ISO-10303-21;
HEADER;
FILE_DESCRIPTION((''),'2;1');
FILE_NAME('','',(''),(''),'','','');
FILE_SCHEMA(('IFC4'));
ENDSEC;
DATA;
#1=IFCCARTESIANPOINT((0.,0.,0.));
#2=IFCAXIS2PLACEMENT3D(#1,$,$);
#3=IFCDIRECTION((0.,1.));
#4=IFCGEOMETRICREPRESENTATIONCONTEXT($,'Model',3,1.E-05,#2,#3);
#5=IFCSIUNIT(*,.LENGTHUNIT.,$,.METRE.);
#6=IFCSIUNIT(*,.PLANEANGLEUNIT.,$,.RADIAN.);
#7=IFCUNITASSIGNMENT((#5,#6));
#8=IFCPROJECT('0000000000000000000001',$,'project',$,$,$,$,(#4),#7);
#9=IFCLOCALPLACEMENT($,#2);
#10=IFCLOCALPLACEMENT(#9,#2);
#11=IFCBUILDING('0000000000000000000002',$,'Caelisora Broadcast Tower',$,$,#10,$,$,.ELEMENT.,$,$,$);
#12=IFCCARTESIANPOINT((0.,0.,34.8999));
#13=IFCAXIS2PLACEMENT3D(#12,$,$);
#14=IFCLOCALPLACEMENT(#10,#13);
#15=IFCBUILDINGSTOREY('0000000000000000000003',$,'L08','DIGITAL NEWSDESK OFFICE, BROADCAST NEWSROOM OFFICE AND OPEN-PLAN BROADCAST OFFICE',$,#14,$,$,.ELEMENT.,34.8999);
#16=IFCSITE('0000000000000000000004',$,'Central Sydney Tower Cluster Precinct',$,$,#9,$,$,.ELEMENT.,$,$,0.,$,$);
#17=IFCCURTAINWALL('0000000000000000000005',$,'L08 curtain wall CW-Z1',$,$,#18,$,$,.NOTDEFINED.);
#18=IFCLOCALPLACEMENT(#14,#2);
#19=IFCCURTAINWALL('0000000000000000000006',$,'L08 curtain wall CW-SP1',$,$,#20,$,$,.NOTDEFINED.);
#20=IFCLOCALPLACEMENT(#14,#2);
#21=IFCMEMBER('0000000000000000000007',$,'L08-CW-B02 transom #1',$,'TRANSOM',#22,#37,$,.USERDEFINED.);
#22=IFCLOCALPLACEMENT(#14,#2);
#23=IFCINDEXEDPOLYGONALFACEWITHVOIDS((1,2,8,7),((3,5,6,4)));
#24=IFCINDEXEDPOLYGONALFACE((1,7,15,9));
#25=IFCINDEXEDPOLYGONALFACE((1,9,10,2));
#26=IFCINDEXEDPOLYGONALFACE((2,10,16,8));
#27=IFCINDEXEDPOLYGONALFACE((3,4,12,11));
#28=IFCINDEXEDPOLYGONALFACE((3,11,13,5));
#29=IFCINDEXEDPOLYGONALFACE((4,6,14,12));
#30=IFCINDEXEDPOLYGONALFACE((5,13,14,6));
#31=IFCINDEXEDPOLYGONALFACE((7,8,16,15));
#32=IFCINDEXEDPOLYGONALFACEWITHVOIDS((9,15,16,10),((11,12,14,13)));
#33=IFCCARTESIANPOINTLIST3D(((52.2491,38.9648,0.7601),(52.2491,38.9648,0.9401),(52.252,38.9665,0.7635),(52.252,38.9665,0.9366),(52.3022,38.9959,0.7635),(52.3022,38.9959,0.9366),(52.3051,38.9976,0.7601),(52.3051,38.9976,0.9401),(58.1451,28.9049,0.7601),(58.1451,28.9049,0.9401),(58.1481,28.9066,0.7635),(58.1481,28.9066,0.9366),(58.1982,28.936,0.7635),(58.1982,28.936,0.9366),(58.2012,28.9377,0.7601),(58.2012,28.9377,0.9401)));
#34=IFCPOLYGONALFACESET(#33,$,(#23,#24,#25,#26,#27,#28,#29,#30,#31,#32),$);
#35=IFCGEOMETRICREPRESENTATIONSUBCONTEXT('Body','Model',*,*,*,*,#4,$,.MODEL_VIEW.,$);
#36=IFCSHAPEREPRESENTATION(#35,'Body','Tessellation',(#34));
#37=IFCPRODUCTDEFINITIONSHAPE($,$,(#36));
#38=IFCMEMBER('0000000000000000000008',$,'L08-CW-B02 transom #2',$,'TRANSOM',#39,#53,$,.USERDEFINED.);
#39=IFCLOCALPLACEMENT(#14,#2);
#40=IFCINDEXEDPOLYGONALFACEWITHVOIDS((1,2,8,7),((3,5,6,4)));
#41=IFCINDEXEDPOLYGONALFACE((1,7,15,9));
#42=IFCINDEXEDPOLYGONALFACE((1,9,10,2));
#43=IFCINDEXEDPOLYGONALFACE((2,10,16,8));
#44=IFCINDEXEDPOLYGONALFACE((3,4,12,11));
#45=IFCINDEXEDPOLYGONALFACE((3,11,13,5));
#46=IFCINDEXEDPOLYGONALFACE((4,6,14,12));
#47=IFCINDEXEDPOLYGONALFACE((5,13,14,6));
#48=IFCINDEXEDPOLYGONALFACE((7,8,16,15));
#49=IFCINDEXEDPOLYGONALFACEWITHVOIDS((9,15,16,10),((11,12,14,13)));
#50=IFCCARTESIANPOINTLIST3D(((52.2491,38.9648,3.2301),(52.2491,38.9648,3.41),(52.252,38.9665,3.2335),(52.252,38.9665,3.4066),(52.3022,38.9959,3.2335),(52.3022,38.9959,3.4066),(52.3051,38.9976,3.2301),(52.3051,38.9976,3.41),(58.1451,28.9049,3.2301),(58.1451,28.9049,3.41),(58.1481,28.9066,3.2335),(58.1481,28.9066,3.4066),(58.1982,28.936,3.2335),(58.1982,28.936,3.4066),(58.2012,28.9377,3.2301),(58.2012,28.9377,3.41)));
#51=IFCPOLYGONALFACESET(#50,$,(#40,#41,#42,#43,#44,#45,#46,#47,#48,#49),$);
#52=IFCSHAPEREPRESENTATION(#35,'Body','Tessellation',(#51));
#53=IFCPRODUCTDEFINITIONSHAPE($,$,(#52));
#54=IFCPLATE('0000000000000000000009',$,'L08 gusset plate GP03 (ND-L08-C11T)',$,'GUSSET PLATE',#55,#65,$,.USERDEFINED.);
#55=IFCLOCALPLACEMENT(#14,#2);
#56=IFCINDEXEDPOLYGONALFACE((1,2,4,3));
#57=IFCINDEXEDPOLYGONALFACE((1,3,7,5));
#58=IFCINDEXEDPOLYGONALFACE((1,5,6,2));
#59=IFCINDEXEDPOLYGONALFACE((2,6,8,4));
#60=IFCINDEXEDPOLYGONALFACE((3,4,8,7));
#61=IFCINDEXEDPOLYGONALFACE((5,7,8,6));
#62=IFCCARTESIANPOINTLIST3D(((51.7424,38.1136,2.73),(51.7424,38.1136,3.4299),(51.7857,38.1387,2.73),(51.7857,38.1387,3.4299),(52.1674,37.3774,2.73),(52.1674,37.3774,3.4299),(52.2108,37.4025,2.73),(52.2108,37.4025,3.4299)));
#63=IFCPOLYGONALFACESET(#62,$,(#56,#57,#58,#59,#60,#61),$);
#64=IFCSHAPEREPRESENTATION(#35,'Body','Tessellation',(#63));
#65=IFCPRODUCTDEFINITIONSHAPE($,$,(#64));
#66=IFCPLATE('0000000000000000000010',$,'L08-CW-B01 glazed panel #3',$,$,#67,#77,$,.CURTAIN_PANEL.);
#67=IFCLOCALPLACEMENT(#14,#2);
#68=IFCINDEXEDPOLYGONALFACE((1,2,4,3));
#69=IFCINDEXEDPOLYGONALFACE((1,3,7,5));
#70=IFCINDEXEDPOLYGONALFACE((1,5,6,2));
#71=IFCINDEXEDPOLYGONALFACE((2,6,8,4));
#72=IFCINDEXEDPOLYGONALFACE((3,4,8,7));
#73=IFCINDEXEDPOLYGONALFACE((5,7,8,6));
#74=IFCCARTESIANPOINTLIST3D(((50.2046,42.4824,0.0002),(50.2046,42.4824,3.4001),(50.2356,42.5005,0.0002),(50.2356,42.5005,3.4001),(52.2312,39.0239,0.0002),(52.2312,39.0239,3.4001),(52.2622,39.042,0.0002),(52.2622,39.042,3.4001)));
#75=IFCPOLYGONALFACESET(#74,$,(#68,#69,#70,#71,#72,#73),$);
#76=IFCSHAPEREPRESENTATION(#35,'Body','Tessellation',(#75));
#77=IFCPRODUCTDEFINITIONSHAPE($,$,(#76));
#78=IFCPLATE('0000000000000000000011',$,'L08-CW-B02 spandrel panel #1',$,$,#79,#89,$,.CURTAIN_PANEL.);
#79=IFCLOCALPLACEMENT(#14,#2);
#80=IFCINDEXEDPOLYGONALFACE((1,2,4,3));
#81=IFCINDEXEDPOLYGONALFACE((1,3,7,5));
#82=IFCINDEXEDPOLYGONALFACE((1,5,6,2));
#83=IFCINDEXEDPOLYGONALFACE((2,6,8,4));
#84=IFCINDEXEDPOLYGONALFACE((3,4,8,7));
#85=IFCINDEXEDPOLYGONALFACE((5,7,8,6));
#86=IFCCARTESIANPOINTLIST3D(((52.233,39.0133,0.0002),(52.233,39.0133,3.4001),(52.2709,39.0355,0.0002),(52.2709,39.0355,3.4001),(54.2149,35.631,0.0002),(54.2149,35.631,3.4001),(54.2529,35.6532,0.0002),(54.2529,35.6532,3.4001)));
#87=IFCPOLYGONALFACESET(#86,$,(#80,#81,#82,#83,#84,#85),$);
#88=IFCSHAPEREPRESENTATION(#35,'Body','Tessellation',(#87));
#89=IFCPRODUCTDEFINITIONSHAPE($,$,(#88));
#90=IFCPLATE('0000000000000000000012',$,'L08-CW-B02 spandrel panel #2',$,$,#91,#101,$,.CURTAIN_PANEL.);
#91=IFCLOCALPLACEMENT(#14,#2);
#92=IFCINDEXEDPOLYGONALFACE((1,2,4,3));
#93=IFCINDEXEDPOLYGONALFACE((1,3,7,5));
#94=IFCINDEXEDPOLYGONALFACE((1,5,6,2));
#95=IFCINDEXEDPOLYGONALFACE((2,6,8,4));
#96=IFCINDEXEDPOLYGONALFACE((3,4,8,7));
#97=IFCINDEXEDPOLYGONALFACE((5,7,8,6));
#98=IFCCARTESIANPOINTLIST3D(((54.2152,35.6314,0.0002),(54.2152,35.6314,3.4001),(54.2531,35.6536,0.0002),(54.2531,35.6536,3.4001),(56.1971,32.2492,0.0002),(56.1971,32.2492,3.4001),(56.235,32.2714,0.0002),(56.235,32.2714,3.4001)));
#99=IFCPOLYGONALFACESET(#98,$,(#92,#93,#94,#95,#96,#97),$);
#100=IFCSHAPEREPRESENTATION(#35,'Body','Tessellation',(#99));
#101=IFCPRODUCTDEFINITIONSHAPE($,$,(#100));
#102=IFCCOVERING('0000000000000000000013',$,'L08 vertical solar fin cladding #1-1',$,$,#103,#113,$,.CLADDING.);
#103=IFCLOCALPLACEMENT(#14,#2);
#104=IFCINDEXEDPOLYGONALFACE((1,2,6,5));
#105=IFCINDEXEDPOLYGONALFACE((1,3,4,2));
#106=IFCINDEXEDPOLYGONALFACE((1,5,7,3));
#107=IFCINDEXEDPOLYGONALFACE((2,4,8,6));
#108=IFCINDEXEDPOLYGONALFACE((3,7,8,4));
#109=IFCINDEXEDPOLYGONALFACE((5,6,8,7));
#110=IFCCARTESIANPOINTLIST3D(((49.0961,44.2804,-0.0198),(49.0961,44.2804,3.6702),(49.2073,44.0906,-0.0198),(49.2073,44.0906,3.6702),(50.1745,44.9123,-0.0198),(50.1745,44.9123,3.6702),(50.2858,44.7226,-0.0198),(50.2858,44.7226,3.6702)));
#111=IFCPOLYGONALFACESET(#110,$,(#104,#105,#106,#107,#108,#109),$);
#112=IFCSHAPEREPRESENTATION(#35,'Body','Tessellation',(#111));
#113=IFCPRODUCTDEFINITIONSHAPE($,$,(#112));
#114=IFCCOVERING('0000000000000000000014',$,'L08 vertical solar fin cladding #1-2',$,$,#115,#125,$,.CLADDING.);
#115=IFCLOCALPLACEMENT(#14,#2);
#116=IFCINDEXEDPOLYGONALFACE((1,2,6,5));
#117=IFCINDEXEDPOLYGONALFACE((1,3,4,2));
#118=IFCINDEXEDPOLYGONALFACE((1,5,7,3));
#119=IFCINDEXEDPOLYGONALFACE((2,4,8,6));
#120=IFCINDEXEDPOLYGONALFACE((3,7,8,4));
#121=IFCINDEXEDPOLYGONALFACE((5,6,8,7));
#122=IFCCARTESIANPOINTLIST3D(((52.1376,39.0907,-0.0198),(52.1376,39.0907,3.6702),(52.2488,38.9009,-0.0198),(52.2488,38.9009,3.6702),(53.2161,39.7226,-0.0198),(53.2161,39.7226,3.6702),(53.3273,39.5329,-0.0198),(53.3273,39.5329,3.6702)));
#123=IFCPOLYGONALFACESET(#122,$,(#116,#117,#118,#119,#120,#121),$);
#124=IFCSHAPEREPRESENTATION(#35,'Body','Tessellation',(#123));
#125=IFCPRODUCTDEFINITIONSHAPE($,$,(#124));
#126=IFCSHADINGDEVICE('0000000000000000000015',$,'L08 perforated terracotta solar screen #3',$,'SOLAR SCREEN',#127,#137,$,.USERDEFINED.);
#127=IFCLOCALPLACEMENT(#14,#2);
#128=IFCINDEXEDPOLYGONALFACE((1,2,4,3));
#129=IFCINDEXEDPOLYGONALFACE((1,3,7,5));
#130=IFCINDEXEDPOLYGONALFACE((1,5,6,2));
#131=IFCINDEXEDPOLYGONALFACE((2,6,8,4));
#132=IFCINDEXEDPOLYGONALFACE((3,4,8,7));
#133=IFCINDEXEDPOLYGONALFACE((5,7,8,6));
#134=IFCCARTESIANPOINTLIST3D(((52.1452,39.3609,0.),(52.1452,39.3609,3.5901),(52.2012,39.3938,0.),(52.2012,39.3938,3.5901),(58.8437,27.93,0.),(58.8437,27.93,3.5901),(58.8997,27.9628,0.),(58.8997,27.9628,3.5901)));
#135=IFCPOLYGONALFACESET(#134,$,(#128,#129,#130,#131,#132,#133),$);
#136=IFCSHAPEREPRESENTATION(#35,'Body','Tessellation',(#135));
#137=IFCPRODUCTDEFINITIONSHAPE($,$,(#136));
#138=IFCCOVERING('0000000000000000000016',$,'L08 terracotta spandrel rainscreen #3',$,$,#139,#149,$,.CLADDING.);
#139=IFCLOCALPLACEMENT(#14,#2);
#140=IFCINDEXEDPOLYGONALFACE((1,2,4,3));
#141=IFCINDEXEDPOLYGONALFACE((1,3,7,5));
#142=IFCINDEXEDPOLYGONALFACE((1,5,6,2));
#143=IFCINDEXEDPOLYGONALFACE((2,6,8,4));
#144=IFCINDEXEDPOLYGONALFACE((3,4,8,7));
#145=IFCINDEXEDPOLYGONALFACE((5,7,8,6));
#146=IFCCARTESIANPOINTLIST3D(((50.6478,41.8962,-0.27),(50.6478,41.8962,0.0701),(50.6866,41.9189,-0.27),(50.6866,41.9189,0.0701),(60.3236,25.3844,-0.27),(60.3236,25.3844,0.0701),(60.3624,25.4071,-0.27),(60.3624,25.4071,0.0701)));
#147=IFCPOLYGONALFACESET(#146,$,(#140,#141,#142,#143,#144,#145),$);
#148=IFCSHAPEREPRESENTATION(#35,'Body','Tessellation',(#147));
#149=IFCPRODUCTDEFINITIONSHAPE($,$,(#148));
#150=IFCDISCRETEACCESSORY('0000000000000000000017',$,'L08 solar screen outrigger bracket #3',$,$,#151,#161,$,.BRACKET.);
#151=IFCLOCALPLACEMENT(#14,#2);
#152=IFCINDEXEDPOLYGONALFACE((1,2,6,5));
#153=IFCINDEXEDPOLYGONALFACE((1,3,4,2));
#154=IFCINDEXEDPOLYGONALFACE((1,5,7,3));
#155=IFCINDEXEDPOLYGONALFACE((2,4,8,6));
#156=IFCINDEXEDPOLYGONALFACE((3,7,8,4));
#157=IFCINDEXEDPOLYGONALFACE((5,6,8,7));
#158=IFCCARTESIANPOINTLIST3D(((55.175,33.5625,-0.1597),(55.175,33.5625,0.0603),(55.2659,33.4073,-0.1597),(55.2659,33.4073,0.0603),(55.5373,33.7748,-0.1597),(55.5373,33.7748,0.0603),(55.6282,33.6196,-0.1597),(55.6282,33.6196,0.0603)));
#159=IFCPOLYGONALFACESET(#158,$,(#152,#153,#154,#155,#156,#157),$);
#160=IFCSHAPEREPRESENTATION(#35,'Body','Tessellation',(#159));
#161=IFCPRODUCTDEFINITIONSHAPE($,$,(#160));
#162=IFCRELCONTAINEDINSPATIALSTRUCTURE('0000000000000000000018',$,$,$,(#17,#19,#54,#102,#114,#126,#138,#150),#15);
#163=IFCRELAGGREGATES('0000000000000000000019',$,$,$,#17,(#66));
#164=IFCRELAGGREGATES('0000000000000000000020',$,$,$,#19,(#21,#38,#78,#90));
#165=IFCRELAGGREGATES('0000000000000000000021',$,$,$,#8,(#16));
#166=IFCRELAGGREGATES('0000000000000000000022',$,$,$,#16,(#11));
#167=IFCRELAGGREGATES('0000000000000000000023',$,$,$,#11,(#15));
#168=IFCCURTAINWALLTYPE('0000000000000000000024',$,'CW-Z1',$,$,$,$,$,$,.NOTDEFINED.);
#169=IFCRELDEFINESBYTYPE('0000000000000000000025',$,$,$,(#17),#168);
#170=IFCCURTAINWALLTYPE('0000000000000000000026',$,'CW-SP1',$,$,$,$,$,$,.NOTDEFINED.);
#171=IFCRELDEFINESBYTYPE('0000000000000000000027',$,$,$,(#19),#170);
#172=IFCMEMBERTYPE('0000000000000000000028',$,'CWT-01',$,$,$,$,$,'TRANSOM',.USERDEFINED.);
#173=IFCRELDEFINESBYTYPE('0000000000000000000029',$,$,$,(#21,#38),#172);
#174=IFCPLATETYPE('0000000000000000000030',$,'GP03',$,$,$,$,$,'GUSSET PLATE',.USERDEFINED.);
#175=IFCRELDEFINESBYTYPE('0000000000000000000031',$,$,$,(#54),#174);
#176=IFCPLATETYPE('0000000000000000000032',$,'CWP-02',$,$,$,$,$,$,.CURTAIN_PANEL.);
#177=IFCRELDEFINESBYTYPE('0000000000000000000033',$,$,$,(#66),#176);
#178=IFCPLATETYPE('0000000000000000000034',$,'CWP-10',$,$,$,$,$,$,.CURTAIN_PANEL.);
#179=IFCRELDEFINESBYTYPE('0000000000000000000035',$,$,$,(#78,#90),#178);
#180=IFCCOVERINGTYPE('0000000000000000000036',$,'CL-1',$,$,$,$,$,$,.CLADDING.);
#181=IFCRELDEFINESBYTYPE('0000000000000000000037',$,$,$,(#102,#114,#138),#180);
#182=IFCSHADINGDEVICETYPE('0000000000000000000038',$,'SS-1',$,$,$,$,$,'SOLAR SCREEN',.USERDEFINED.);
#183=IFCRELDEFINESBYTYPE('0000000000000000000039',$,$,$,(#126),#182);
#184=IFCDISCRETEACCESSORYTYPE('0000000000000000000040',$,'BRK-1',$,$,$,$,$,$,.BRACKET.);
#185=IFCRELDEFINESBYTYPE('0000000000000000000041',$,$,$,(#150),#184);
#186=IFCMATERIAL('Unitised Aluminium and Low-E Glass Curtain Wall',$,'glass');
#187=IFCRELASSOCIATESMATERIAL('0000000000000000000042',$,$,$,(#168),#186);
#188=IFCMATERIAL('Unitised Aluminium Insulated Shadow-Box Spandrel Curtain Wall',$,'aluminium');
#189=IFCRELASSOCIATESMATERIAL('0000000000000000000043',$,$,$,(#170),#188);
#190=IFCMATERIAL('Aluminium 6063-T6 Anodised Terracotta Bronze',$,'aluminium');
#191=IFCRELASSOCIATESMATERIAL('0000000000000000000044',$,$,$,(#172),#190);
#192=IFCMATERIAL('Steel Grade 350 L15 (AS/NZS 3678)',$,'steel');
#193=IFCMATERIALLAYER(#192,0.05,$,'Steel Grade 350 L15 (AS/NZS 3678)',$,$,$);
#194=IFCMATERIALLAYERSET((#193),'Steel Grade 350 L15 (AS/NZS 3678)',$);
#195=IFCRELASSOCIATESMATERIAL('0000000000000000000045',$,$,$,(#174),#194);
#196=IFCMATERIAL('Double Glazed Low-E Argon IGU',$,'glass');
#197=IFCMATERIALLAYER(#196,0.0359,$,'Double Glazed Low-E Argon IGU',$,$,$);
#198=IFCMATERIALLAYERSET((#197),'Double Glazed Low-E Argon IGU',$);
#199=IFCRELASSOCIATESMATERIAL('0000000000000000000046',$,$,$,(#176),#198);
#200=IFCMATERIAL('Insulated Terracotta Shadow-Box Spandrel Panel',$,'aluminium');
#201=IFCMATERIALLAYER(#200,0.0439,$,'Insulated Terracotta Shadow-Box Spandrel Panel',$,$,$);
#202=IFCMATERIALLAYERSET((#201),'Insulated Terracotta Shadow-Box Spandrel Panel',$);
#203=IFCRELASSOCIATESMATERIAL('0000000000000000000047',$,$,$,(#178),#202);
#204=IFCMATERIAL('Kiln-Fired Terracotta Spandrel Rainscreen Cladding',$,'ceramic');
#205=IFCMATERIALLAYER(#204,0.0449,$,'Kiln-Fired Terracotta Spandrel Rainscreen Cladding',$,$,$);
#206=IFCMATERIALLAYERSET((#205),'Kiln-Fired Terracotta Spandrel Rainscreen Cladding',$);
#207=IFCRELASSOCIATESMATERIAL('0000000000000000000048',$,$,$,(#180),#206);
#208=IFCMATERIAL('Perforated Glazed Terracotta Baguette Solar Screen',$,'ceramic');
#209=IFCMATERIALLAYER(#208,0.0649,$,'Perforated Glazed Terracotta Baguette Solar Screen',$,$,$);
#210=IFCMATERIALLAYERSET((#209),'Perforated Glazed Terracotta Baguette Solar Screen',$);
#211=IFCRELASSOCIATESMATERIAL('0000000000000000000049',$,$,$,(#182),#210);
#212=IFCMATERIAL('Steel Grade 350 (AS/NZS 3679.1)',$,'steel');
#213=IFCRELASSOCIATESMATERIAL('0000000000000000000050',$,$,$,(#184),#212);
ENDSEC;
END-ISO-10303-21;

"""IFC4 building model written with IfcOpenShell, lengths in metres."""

from ifc_helpers import new_model, si_unit, direction, frame, origin, origin_2d, place, context, subcontext, project, spatial, rectangle, hollow_rectangle, extrude, source, transform, mapped, material, layer, layer_set, material_profile, profile_set, type_object, type_shapes, element, aggregate, save


model = new_model("IFC4")

# Units and contexts
model_context = context("Model", 3, precision=1e-05, world=origin(), true_north=direction((0.0, 1.0)))
body_context = subcontext(model_context, "Body", "Model", "MODEL_VIEW")
ifc_project = project(units=[si_unit("LENGTHUNIT", "METRE"), si_unit("PLANEANGLEUNIT", "RADIAN")], contexts=[model_context])

# Site, building, storey
site_placement = place(None, origin())
site = spatial("IfcSite", under=ifc_project, at=site_placement, Name="Central Sydney Tower Cluster Precinct", CompositionType="ELEMENT", RefElevation=0.0)
building_placement = place(site_placement, origin())
building = spatial("IfcBuilding", under=site, at=building_placement, Name="Caelisora Broadcast Tower", CompositionType="ELEMENT")
storey_placement = place(building_placement, frame((0.0, 0.0, 34.8999)))
storey = spatial("IfcBuildingStorey", under=building, at=storey_placement, Name="L08", Description="DIGITAL NEWSDESK OFFICE, BROADCAST NEWSROOM OFFICE AND OPEN-PLAN BROADCAST OFFICE", CompositionType="ELEMENT", Elevation=34.8999)

# Shared definitions
ifc_material_1 = material(Name="Steel Grade 350 L15 (AS/NZS 3678)", Category="steel")

# Shared definitions
ifc_material_2 = material(Name="Steel Grade 350 (AS/NZS 3679.1)", Category="steel")

# Curtain walls, members
ifc_material_3 = material(Name="Unitised Aluminium and Low-E Glass Curtain Wall", Category="glass")
curtain_wall_type_1 = type_object("IfcCurtainWallType", Name="CW-Z1", PredefinedType="NOTDEFINED", material=ifc_material_3)
curtain_wall_1_placement = place(storey_placement, origin())
curtain_wall_1 = element("IfcCurtainWall", 1, at=curtain_wall_1_placement, inside=storey, type_object=curtain_wall_type_1, Name="L08 curtain wall CW-Z1", PredefinedType="NOTDEFINED")
ifc_material_4 = material(Name="Aluminium 6063-T6 Anodised Terracotta Bronze", Category="aluminium")
ifc_material_5 = material(Name="Unitised Aluminium Insulated Shadow-Box Spandrel Curtain Wall", Category="aluminium")
curtain_wall_type_2 = type_object("IfcCurtainWallType", Name="CW-SP1", PredefinedType="NOTDEFINED", material=ifc_material_5)
curtain_wall_2_placement = place(storey_placement, origin())
curtain_wall_2 = element("IfcCurtainWall", 2, at=curtain_wall_2_placement, inside=storey, type_object=curtain_wall_type_2, Name="L08 curtain wall CW-SP1", PredefinedType="NOTDEFINED")
ifc_material_profile_1 = material_profile(ifc_material_4, hollow_rectangle(XDim=0.0649, YDim=0.1799, WallThickness=0.0034, at=origin_2d()), Name="Aluminium 6063-T6 Anodised Terracotta Bronze")
ifc_profile_set_1 = profile_set([ifc_material_profile_1], Name="Aluminium 6063-T6 Anodised Terracotta Bronze")
member_type_1 = type_object("IfcMemberType", Name="CWT-01", ElementType="TRANSOM", PredefinedType="USERDEFINED", material=ifc_profile_set_1)
shared_shape_1 = source(origin(), body_context, "Body", "SweptSolid", [
    extrude(hollow_rectangle(XDim=0.0649, YDim=0.1799, WallThickness=0.0034, at=origin_2d()), origin(), (0.0, 0.0, 1.0), 11.6604),
])
type_shapes(member_type_1, [shared_shape_1])
member_1_placement = place(storey_placement, frame((52.2771, 38.9812, 0.8501), z_axis=(0.505647, -0.86274, 0.0), x_axis=(0.86274, 0.505647, 0.0)))
member_1 = element("IfcMember", 3, at=member_1_placement, type_object=member_type_1, Name="L08-CW-B02 transom #1", ObjectType="TRANSOM", PredefinedType="USERDEFINED", context=body_context, shape_type="MappedRepresentation", body=[
    mapped(shared_shape_1, transform((0.0, 0.0, 0.0), scale=1.0)),
])
member_2_placement = place(storey_placement, frame((52.2771, 38.9812, 3.3201), z_axis=(0.505647, -0.86274, 0.0), x_axis=(0.86274, 0.505647, 0.0)))
member_2 = element("IfcMember", 4, at=member_2_placement, type_object=member_type_1, Name="L08-CW-B02 transom #2", ObjectType="TRANSOM", PredefinedType="USERDEFINED", context=body_context, shape_type="MappedRepresentation", body=[
    mapped(shared_shape_1, transform((0.0, 0.0, 0.0), scale=1.0)),
])

# Plates
ifc_layer_1 = layer(ifc_material_1, 0.05, Name="Steel Grade 350 L15 (AS/NZS 3678)")
ifc_layer_set_1 = layer_set([ifc_layer_1], Name="Steel Grade 350 L15 (AS/NZS 3678)")
plate_type_1 = type_object("IfcPlateType", Name="GP03", ElementType="GUSSET PLATE", PredefinedType="USERDEFINED", material=ifc_layer_set_1)
shared_shape_2 = source(origin(), body_context, "Body", "SweptSolid", [
    extrude(rectangle(XDim=0.8501, YDim=0.05, at=origin_2d()), origin(), (0.0, 0.0, 1.0), 0.7),
])
type_shapes(plate_type_1, [shared_shape_2])
plate_1_placement = place(storey_placement, frame((51.9766, 37.7581, 2.73), z_axis=(0.0, 0.0, 1.0), x_axis=(-0.5, 0.866025, 0.0)))
element("IfcPlate", 5, at=plate_1_placement, inside=storey, type_object=plate_type_1, Name="L08 gusset plate GP03 (ND-L08-C11T)", ObjectType="GUSSET PLATE", PredefinedType="USERDEFINED", context=body_context, shape_type="MappedRepresentation", body=[
    mapped(shared_shape_2, transform((0.0, 0.0, 0.0), scale=1.0)),
])
ifc_material_6 = material(Name="Double Glazed Low-E Argon IGU", Category="glass")
ifc_layer_2 = layer(ifc_material_6, 0.0359, Name="Double Glazed Low-E Argon IGU")
ifc_layer_set_2 = layer_set([ifc_layer_2], Name="Double Glazed Low-E Argon IGU")
plate_type_2 = type_object("IfcPlateType", Name="CWP-02", PredefinedType="CURTAIN_PANEL", material=ifc_layer_set_2)
shared_shape_3 = source(origin(), body_context, "Body", "SweptSolid", [
    extrude(rectangle(XDim=4.0085, YDim=0.0359, at=origin_2d()), origin(), (0.0, 0.0, 1.0), 3.3999),
])
type_shapes(plate_type_2, [shared_shape_3])
plate_2_placement = place(storey_placement, frame((51.2334, 40.7622, 0.0002), z_axis=(0.0, 0.0, 1.0), x_axis=(0.505582, -0.862779, 0.0)))
plate_2 = element("IfcPlate", 6, at=plate_2_placement, type_object=plate_type_2, Name="L08-CW-B01 glazed panel #3", PredefinedType="CURTAIN_PANEL", context=body_context, shape_type="MappedRepresentation", body=[
    mapped(shared_shape_3, transform((0.0, 0.0, 0.0), scale=1.0)),
])
aggregate(curtain_wall_1, [plate_2])
ifc_material_7 = material(Name="Insulated Terracotta Shadow-Box Spandrel Panel", Category="aluminium")
ifc_layer_3 = layer(ifc_material_7, 0.0439, Name="Insulated Terracotta Shadow-Box Spandrel Panel")
ifc_layer_set_3 = layer_set([ifc_layer_3], Name="Insulated Terracotta Shadow-Box Spandrel Panel")
plate_type_3 = type_object("IfcPlateType", Name="CWP-10", PredefinedType="CURTAIN_PANEL", material=ifc_layer_set_3)
shared_shape_4 = source(origin(), body_context, "Body", "SweptSolid", [
    extrude(rectangle(XDim=3.9202, YDim=0.0439, at=origin_2d()), origin(), (0.0, 0.0, 1.0), 3.3999),
])
type_shapes(plate_type_3, [shared_shape_4])
plate_3_placement = place(storey_placement, frame((53.2429, 37.3333, 0.0002), z_axis=(0.0, 0.0, 1.0), x_axis=(0.505582, -0.862779, 0.0)))
plate_3 = element("IfcPlate", 7, at=plate_3_placement, type_object=plate_type_3, Name="L08-CW-B02 spandrel panel #1", PredefinedType="CURTAIN_PANEL", context=body_context, shape_type="MappedRepresentation", body=[
    mapped(shared_shape_4, transform((0.0, 0.0, 0.0), scale=1.0)),
])
plate_4_placement = place(storey_placement, frame((55.2251, 33.9514, 0.0002), z_axis=(0.0, 0.0, 1.0), x_axis=(0.505582, -0.862779, 0.0)))
plate_4 = element("IfcPlate", 8, at=plate_4_placement, type_object=plate_type_3, Name="L08-CW-B02 spandrel panel #2", PredefinedType="CURTAIN_PANEL", context=body_context, shape_type="MappedRepresentation", body=[
    mapped(shared_shape_4, transform((0.0, 0.0, 0.0), scale=1.0)),
])
aggregate(curtain_wall_2, [member_1, member_2, plate_3, plate_4])

# Coverings
ifc_material_8 = material(Name="Kiln-Fired Terracotta Spandrel Rainscreen Cladding", Category="ceramic")
ifc_layer_4 = layer(ifc_material_8, 0.0449, Name="Kiln-Fired Terracotta Spandrel Rainscreen Cladding")
ifc_layer_set_4 = layer_set([ifc_layer_4], Name="Kiln-Fired Terracotta Spandrel Rainscreen Cladding")
covering_type = type_object("IfcCoveringType", Name="CL-1", PredefinedType="CLADDING", material=ifc_layer_set_4)
shared_shape_5 = source(origin(), body_context, "Body", "SweptSolid", [
    extrude(rectangle(XDim=0.22, YDim=1.25, at=origin_2d()), origin(), (0.0, 0.0, 1.0), 3.6899),
])
for number, where, z_axis, x_axis, name in (
    (9, (49.6909, 44.5015, -0.0198), (0.0, 0.0, 1.0), (0.505582, -0.862779, 0.0), "L08 vertical solar fin cladding #1-1"),
    (10, (52.7324, 39.3118, -0.0198), (0.0, 0.0, 1.0), (0.505582, -0.862779, 0.0), "L08 vertical solar fin cladding #1-2"),
):
    element("IfcCovering", number, at=place(storey_placement, frame(where, z_axis=z_axis, x_axis=x_axis)), inside=storey, type_object=covering_type, Name=name, PredefinedType="CLADDING", context=body_context, shape_type="MappedRepresentation", body=[
        mapped(shared_shape_5, transform((0.0, 0.0, 0.0), scale=1.0)),
    ])

# Shading device
ifc_material_9 = material(Name="Perforated Glazed Terracotta Baguette Solar Screen", Category="ceramic")
ifc_layer_5 = layer(ifc_material_9, 0.0649, Name="Perforated Glazed Terracotta Baguette Solar Screen")
ifc_layer_set_5 = layer_set([ifc_layer_5], Name="Perforated Glazed Terracotta Baguette Solar Screen")
shading_device_type = type_object("IfcShadingDeviceType", Name="SS-1", ElementType="SOLAR SCREEN", PredefinedType="USERDEFINED", material=ifc_layer_set_5)
shared_shape_6 = source(origin(), body_context, "Body", "SweptSolid", [
    extrude(rectangle(XDim=13.249, YDim=0.0649, at=origin_2d()), origin(), (0.0, 0.0, 1.0), 3.5901),
])
type_shapes(shading_device_type, [shared_shape_6])
shading_device_placement = place(storey_placement, frame((55.5225, 33.6619, 0.0), z_axis=(0.0, 0.0, 1.0), x_axis=(-0.505582, 0.862779, 0.0)))
element("IfcShadingDevice", 11, at=shading_device_placement, inside=storey, type_object=shading_device_type, Name="L08 perforated terracotta solar screen #3", ObjectType="SOLAR SCREEN", PredefinedType="USERDEFINED", context=body_context, shape_type="MappedRepresentation", body=[
    mapped(shared_shape_6, transform((0.0, 0.0, 0.0), scale=1.0)),
])

# Covering
shared_shape_7 = source(origin(), body_context, "Body", "SweptSolid", [
    extrude(rectangle(XDim=19.1379, YDim=0.0449, at=origin_2d()), origin(), (0.0, 0.0, 1.0), 0.3401),
])
type_shapes(covering_type, [shared_shape_5, shared_shape_7])
covering_placement = place(storey_placement, frame((55.5051, 33.6516, -0.27), z_axis=(0.0, 0.0, 1.0), x_axis=(-0.505582, 0.862779, 0.0)))
element("IfcCovering", 12, at=covering_placement, inside=storey, type_object=covering_type, Name="L08 terracotta spandrel rainscreen #3", PredefinedType="CLADDING", context=body_context, shape_type="MappedRepresentation", body=[
    mapped(shared_shape_7, transform((0.0, 0.0, 0.0), scale=1.0)),
])

# Discrete accessory
discrete_accessory_type = type_object("IfcDiscreteAccessoryType", Name="BRK-1", PredefinedType="BRACKET", material=ifc_material_2)
shared_shape_8 = source(origin(), body_context, "Body", "SweptSolid", [
    extrude(rectangle(XDim=0.1799, YDim=0.4199, at=origin_2d()), origin(), (0.0, 0.0, 1.0), 0.22),
])
type_shapes(discrete_accessory_type, [shared_shape_8])
discrete_accessory_placement = place(storey_placement, frame((55.4016, 33.5911, -0.1597), z_axis=(0.0, 0.0, 1.0), x_axis=(-0.505582, 0.862779, 0.0)))
element("IfcDiscreteAccessory", 13, at=discrete_accessory_placement, inside=storey, type_object=discrete_accessory_type, Name="L08 solar screen outrigger bracket #3", PredefinedType="BRACKET", context=body_context, shape_type="MappedRepresentation", body=[
    mapped(shared_shape_8, transform((0.0, 0.0, 0.0), scale=1.0)),
])

save(model, "model.ifc")
